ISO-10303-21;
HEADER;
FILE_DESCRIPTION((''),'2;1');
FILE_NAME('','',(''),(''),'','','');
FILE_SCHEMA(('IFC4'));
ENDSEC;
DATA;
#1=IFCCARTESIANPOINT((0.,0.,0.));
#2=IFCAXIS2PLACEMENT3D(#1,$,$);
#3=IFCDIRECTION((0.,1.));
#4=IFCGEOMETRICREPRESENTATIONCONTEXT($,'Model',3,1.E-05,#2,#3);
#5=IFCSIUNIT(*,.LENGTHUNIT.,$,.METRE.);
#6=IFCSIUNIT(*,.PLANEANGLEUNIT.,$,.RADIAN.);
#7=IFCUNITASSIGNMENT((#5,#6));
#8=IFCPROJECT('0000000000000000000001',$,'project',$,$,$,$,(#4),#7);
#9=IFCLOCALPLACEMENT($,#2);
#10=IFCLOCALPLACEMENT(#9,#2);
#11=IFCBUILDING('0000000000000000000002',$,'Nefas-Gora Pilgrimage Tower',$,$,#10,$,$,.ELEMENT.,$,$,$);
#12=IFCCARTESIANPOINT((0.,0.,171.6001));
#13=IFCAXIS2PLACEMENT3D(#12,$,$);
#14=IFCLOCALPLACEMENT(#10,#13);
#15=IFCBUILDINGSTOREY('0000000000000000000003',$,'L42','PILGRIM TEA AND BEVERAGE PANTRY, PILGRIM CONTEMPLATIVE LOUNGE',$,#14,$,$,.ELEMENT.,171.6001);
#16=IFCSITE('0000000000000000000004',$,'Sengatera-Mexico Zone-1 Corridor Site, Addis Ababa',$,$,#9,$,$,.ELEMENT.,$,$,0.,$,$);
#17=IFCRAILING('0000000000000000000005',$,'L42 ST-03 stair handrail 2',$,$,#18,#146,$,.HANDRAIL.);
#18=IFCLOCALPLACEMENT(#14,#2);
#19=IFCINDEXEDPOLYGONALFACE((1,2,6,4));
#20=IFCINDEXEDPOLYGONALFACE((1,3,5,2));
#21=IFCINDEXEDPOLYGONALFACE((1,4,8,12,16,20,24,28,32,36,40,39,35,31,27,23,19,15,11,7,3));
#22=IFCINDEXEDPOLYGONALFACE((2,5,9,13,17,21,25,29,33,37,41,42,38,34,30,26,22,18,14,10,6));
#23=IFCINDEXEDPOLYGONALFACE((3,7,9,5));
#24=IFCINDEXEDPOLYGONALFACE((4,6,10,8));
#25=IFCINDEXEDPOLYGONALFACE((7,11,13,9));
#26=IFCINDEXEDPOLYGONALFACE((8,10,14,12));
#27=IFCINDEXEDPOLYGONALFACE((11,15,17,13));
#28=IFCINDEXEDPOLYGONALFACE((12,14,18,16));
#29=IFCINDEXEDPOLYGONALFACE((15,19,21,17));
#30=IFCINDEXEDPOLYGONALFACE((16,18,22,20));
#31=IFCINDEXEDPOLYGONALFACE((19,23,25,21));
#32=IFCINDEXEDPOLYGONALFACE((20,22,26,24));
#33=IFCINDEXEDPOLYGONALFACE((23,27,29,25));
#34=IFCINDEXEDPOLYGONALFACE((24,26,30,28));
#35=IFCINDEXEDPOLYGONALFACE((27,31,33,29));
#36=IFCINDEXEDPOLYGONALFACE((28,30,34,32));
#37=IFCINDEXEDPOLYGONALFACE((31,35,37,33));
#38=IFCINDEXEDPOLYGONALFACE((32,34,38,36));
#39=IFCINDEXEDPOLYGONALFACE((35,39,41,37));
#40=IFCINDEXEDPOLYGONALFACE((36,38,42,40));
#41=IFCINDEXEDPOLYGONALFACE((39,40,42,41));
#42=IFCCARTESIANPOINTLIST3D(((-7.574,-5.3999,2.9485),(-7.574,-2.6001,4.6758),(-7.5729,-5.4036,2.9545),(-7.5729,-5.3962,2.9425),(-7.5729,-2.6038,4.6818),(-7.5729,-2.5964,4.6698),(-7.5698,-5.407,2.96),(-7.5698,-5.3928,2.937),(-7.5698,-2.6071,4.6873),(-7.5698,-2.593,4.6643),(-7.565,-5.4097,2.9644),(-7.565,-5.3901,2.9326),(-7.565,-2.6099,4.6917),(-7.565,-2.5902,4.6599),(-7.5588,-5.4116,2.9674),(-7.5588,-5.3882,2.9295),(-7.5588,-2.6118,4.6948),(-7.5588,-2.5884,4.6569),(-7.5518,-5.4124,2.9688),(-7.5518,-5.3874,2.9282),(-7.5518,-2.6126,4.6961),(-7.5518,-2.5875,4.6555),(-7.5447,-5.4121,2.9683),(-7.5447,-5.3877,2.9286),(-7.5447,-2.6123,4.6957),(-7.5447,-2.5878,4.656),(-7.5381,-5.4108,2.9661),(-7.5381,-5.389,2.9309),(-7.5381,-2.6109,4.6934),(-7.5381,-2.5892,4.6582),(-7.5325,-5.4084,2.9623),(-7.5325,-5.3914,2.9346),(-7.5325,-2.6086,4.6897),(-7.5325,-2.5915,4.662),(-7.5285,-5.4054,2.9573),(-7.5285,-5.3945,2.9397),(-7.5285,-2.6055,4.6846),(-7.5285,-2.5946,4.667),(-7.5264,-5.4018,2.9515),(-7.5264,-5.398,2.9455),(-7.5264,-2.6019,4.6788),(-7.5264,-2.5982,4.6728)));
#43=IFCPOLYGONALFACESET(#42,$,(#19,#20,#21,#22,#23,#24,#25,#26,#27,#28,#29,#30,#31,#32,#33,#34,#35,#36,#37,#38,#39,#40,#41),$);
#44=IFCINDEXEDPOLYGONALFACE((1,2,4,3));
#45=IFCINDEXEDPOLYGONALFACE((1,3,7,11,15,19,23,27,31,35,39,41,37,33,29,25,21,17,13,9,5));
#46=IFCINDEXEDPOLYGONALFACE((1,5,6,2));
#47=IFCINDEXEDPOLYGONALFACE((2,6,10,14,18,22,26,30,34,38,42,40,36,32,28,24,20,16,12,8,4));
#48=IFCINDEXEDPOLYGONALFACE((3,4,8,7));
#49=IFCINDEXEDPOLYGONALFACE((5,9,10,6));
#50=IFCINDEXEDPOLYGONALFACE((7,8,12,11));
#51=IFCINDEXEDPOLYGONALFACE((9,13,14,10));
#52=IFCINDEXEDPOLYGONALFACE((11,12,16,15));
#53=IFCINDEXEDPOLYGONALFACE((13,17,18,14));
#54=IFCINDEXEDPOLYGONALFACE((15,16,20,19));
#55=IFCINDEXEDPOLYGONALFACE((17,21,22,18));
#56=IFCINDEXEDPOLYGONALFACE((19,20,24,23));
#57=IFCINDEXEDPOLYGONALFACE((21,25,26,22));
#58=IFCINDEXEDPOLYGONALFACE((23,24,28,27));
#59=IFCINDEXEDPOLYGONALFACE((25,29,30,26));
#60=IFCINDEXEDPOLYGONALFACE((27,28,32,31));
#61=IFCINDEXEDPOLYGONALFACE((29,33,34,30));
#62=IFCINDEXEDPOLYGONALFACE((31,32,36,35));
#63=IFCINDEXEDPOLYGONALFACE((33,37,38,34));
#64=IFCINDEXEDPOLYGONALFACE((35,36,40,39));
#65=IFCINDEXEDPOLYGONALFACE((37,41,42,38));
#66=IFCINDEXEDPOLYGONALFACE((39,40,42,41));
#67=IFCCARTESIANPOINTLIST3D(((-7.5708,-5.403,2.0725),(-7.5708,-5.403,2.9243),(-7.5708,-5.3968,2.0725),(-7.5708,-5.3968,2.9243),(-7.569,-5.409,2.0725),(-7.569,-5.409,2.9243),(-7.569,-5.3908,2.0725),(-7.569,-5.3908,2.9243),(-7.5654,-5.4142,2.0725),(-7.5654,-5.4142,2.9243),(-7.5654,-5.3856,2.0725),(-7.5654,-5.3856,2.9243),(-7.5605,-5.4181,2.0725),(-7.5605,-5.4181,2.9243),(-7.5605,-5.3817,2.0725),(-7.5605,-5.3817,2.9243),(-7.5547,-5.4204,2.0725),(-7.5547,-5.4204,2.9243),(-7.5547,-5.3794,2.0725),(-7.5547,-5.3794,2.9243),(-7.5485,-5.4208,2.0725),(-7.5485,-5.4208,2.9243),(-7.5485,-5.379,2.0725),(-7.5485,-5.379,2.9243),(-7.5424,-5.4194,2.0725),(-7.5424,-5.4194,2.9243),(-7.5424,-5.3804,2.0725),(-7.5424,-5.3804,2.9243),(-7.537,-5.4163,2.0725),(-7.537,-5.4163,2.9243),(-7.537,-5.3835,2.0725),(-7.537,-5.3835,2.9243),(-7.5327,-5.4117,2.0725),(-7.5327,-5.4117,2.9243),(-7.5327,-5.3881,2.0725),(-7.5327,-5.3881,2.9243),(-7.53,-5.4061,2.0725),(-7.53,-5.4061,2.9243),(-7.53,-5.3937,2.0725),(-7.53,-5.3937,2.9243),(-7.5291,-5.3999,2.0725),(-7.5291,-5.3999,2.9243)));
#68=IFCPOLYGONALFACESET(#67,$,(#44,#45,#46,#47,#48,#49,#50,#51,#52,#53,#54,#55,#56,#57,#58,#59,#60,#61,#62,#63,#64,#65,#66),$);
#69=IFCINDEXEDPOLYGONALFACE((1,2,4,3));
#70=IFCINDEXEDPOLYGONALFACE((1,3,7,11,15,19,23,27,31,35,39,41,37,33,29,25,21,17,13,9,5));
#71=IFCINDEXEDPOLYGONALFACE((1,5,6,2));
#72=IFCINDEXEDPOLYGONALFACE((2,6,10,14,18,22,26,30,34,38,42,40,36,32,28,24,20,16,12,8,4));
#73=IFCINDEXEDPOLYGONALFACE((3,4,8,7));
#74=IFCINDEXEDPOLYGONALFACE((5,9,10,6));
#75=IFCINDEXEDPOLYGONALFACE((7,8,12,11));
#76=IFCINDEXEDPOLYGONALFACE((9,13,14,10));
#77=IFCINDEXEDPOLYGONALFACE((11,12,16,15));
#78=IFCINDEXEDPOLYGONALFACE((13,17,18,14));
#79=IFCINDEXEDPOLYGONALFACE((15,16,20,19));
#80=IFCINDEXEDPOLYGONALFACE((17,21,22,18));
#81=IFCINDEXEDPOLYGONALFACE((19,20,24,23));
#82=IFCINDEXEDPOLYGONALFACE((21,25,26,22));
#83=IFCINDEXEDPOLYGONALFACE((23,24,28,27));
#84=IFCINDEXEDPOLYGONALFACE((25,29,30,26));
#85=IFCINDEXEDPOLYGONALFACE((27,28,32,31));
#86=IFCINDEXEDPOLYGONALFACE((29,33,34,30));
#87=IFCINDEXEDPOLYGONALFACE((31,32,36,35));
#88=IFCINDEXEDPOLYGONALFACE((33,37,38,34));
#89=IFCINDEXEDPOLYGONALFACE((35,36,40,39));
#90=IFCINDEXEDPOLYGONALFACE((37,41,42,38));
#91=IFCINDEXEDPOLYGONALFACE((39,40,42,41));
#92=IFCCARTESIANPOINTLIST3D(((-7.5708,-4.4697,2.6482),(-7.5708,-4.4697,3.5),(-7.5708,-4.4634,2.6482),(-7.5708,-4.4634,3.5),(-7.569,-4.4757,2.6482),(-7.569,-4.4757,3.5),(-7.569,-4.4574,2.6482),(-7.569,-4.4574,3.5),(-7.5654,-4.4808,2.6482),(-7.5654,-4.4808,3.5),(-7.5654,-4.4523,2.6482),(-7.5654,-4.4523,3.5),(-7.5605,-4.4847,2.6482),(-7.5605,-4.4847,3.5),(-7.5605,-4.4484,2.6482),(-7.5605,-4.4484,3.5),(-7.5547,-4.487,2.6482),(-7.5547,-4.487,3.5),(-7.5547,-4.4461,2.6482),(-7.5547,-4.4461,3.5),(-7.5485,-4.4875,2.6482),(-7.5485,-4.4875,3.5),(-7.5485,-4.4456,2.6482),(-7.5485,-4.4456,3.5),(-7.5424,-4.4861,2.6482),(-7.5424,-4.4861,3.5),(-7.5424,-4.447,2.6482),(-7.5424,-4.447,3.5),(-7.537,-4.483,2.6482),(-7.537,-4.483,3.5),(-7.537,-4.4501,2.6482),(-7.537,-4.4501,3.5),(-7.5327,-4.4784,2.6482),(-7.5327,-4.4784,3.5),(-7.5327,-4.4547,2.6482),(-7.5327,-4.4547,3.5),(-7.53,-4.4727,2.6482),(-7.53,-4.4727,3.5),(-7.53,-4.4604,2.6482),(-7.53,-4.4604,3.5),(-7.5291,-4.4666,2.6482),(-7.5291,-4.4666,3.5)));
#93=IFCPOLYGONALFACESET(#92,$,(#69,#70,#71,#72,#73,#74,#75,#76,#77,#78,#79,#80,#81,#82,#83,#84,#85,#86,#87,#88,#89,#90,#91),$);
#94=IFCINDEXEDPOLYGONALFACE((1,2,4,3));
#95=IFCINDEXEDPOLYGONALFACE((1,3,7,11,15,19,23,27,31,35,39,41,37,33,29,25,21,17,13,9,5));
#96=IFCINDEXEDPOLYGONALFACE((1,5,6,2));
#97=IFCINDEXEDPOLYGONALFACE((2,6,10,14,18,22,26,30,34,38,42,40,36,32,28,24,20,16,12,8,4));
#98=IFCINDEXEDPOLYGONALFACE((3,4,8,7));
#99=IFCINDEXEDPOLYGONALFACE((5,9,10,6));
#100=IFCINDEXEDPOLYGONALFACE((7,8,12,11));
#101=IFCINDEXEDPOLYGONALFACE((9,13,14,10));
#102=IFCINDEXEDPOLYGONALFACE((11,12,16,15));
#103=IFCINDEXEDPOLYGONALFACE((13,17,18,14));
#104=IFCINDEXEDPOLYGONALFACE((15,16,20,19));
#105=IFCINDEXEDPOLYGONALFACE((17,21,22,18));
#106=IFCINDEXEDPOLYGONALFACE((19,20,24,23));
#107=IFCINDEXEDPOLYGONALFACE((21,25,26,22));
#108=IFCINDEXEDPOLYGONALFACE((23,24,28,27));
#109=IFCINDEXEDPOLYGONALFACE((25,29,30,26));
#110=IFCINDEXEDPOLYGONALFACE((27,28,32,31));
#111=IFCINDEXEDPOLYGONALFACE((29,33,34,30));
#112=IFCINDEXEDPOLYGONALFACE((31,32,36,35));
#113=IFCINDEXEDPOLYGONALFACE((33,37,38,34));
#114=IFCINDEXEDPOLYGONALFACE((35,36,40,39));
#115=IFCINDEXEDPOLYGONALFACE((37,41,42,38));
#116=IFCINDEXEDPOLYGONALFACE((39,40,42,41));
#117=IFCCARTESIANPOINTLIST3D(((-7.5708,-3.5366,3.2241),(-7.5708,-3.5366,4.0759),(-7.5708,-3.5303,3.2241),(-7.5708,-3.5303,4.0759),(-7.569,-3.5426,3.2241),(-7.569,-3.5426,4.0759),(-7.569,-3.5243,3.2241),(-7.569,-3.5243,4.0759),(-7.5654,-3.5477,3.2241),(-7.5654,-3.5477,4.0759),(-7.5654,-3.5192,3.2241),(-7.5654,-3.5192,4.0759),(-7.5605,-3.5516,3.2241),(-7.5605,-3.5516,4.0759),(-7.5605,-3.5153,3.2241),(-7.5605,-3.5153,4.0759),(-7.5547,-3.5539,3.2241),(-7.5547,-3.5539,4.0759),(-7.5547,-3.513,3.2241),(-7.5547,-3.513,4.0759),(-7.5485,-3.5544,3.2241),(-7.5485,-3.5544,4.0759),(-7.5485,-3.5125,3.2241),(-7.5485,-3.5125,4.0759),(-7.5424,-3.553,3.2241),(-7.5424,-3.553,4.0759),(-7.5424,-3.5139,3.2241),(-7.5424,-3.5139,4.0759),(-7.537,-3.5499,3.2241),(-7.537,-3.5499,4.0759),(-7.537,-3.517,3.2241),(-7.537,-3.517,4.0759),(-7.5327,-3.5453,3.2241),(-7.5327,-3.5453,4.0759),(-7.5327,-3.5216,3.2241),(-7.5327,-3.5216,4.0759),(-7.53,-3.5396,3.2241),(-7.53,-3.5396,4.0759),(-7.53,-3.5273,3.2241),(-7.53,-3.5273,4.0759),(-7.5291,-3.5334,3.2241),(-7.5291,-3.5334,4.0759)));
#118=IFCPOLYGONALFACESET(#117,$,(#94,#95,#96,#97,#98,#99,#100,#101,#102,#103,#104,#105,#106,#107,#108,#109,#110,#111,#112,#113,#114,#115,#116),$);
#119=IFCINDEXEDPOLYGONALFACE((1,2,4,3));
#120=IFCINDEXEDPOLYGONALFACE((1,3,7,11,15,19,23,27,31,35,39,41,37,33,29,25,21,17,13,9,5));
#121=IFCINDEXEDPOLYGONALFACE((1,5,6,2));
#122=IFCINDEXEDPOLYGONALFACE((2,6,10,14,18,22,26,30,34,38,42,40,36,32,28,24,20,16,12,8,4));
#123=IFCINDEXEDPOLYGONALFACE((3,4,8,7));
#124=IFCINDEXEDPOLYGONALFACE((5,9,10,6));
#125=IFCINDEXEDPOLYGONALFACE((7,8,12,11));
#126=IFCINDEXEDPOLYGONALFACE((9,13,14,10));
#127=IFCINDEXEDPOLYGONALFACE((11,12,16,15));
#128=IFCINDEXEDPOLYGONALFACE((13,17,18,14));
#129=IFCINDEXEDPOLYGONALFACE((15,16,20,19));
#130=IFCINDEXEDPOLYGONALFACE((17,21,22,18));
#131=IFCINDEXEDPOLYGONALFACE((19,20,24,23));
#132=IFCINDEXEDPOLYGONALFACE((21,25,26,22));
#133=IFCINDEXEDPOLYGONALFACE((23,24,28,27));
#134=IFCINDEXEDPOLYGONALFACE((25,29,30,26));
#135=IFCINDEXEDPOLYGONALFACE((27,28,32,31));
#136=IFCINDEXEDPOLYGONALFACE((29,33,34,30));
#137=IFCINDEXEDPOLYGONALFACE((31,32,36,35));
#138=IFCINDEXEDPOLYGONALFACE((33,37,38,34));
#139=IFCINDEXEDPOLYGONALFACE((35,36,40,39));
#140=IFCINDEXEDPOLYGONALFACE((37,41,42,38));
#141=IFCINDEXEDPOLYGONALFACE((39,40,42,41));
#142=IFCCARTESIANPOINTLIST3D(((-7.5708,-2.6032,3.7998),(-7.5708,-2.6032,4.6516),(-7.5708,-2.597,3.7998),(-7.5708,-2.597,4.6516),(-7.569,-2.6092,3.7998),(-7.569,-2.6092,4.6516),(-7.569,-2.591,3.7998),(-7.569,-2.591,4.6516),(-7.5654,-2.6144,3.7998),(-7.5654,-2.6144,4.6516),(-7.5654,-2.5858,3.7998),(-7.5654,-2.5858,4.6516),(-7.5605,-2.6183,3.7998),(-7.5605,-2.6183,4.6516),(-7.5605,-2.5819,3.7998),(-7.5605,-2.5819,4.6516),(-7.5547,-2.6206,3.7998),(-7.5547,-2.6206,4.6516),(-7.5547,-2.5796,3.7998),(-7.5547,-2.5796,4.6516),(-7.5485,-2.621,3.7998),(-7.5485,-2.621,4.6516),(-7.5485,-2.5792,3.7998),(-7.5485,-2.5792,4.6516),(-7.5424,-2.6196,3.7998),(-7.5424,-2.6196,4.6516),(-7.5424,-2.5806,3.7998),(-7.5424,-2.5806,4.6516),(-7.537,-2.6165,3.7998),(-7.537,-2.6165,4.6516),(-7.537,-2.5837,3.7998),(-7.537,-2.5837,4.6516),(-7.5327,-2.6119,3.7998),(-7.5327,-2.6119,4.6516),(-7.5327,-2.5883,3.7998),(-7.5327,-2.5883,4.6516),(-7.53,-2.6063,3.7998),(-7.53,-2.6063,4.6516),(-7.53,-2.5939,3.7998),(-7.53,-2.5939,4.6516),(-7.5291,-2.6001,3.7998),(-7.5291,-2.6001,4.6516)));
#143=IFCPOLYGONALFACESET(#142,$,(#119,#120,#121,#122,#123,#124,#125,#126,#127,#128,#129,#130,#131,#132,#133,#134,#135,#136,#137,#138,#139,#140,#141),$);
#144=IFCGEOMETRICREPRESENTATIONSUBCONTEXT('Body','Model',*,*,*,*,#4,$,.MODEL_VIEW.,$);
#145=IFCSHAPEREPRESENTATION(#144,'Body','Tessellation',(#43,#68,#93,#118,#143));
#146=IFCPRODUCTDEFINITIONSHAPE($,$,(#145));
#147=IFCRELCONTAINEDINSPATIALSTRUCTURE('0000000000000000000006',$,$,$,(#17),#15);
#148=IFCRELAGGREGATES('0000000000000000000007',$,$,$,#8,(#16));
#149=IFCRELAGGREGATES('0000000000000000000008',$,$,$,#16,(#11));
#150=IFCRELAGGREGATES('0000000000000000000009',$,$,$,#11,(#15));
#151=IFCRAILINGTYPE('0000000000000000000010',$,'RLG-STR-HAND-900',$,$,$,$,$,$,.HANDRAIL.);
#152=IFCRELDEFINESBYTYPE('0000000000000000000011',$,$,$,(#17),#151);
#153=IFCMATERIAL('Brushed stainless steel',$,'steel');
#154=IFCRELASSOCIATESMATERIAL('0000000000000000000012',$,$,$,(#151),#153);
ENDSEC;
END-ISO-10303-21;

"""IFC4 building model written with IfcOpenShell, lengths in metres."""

from ifc_helpers import new_model, si_unit, direction, frame, origin, origin_2d, place, context, subcontext, project, spatial, circle, extrude, material, type_object, element, save


model = new_model("IFC4")

# Units and contexts
model_context = context("Model", 3, precision=1e-05, world=origin(), true_north=direction((0.0, 1.0)))
body_context = subcontext(model_context, "Body", "Model", "MODEL_VIEW")
ifc_project = project(units=[si_unit("LENGTHUNIT", "METRE"), si_unit("PLANEANGLEUNIT", "RADIAN")], contexts=[model_context])

# Site, building, storey
site_placement = place(None, origin())
site = spatial("IfcSite", under=ifc_project, at=site_placement, Name="Sengatera-Mexico Zone-1 Corridor Site, Addis Ababa", CompositionType="ELEMENT", RefElevation=0.0)
building_placement = place(site_placement, origin())
building = spatial("IfcBuilding", under=site, at=building_placement, Name="Nefas-Gora Pilgrimage Tower", CompositionType="ELEMENT")
storey_placement = place(building_placement, frame((0.0, 0.0, 171.6001)))
storey = spatial("IfcBuildingStorey", under=building, at=storey_placement, Name="L42", Description="PILGRIM TEA AND BEVERAGE PANTRY, PILGRIM CONTEMPLATIVE LOUNGE", CompositionType="ELEMENT", Elevation=171.6001)

# Railing
ifc_material_1 = material(Name="Brushed stainless steel", Category="steel")
railing_type_1 = type_object("IfcRailingType", Name="RLG-STR-HAND-900", PredefinedType="HANDRAIL", material=ifc_material_1)
railing_1_placement = place(storey_placement, frame((-7.55, -5.3999, 2.0725)))
element("IfcRailing", 1, at=railing_1_placement, inside=storey, type_object=railing_type_1, Name="L42 ST-03 stair handrail 2", PredefinedType="HANDRAIL", context=body_context, shape_type="SweptSolid", body=[
    extrude(circle(Radius=0.0239, at=origin_2d()), frame((0.0, 0.0, 0.876), z_axis=(0.0, 0.851069, 0.525054), x_axis=(-1.0, 0.0, 0.0)), (0.0, 0.0, 1.0), 3.2898),
    extrude(circle(Radius=0.021, at=origin_2d()), origin(), (0.0, 0.0, 1.0), 0.8518),
    extrude(circle(Radius=0.021, at=origin_2d()), frame((0.0, 0.9333, 0.5757)), (0.0, 0.0, 1.0), 0.8518),
    extrude(circle(Radius=0.021, at=origin_2d()), frame((0.0, 1.8665, 1.1516)), (0.0, 0.0, 1.0), 0.8518),
    extrude(circle(Radius=0.021, at=origin_2d()), frame((0.0, 2.7998, 1.7273)), (0.0, 0.0, 1.0), 0.8518),
])

save(model, "model.ifc")
